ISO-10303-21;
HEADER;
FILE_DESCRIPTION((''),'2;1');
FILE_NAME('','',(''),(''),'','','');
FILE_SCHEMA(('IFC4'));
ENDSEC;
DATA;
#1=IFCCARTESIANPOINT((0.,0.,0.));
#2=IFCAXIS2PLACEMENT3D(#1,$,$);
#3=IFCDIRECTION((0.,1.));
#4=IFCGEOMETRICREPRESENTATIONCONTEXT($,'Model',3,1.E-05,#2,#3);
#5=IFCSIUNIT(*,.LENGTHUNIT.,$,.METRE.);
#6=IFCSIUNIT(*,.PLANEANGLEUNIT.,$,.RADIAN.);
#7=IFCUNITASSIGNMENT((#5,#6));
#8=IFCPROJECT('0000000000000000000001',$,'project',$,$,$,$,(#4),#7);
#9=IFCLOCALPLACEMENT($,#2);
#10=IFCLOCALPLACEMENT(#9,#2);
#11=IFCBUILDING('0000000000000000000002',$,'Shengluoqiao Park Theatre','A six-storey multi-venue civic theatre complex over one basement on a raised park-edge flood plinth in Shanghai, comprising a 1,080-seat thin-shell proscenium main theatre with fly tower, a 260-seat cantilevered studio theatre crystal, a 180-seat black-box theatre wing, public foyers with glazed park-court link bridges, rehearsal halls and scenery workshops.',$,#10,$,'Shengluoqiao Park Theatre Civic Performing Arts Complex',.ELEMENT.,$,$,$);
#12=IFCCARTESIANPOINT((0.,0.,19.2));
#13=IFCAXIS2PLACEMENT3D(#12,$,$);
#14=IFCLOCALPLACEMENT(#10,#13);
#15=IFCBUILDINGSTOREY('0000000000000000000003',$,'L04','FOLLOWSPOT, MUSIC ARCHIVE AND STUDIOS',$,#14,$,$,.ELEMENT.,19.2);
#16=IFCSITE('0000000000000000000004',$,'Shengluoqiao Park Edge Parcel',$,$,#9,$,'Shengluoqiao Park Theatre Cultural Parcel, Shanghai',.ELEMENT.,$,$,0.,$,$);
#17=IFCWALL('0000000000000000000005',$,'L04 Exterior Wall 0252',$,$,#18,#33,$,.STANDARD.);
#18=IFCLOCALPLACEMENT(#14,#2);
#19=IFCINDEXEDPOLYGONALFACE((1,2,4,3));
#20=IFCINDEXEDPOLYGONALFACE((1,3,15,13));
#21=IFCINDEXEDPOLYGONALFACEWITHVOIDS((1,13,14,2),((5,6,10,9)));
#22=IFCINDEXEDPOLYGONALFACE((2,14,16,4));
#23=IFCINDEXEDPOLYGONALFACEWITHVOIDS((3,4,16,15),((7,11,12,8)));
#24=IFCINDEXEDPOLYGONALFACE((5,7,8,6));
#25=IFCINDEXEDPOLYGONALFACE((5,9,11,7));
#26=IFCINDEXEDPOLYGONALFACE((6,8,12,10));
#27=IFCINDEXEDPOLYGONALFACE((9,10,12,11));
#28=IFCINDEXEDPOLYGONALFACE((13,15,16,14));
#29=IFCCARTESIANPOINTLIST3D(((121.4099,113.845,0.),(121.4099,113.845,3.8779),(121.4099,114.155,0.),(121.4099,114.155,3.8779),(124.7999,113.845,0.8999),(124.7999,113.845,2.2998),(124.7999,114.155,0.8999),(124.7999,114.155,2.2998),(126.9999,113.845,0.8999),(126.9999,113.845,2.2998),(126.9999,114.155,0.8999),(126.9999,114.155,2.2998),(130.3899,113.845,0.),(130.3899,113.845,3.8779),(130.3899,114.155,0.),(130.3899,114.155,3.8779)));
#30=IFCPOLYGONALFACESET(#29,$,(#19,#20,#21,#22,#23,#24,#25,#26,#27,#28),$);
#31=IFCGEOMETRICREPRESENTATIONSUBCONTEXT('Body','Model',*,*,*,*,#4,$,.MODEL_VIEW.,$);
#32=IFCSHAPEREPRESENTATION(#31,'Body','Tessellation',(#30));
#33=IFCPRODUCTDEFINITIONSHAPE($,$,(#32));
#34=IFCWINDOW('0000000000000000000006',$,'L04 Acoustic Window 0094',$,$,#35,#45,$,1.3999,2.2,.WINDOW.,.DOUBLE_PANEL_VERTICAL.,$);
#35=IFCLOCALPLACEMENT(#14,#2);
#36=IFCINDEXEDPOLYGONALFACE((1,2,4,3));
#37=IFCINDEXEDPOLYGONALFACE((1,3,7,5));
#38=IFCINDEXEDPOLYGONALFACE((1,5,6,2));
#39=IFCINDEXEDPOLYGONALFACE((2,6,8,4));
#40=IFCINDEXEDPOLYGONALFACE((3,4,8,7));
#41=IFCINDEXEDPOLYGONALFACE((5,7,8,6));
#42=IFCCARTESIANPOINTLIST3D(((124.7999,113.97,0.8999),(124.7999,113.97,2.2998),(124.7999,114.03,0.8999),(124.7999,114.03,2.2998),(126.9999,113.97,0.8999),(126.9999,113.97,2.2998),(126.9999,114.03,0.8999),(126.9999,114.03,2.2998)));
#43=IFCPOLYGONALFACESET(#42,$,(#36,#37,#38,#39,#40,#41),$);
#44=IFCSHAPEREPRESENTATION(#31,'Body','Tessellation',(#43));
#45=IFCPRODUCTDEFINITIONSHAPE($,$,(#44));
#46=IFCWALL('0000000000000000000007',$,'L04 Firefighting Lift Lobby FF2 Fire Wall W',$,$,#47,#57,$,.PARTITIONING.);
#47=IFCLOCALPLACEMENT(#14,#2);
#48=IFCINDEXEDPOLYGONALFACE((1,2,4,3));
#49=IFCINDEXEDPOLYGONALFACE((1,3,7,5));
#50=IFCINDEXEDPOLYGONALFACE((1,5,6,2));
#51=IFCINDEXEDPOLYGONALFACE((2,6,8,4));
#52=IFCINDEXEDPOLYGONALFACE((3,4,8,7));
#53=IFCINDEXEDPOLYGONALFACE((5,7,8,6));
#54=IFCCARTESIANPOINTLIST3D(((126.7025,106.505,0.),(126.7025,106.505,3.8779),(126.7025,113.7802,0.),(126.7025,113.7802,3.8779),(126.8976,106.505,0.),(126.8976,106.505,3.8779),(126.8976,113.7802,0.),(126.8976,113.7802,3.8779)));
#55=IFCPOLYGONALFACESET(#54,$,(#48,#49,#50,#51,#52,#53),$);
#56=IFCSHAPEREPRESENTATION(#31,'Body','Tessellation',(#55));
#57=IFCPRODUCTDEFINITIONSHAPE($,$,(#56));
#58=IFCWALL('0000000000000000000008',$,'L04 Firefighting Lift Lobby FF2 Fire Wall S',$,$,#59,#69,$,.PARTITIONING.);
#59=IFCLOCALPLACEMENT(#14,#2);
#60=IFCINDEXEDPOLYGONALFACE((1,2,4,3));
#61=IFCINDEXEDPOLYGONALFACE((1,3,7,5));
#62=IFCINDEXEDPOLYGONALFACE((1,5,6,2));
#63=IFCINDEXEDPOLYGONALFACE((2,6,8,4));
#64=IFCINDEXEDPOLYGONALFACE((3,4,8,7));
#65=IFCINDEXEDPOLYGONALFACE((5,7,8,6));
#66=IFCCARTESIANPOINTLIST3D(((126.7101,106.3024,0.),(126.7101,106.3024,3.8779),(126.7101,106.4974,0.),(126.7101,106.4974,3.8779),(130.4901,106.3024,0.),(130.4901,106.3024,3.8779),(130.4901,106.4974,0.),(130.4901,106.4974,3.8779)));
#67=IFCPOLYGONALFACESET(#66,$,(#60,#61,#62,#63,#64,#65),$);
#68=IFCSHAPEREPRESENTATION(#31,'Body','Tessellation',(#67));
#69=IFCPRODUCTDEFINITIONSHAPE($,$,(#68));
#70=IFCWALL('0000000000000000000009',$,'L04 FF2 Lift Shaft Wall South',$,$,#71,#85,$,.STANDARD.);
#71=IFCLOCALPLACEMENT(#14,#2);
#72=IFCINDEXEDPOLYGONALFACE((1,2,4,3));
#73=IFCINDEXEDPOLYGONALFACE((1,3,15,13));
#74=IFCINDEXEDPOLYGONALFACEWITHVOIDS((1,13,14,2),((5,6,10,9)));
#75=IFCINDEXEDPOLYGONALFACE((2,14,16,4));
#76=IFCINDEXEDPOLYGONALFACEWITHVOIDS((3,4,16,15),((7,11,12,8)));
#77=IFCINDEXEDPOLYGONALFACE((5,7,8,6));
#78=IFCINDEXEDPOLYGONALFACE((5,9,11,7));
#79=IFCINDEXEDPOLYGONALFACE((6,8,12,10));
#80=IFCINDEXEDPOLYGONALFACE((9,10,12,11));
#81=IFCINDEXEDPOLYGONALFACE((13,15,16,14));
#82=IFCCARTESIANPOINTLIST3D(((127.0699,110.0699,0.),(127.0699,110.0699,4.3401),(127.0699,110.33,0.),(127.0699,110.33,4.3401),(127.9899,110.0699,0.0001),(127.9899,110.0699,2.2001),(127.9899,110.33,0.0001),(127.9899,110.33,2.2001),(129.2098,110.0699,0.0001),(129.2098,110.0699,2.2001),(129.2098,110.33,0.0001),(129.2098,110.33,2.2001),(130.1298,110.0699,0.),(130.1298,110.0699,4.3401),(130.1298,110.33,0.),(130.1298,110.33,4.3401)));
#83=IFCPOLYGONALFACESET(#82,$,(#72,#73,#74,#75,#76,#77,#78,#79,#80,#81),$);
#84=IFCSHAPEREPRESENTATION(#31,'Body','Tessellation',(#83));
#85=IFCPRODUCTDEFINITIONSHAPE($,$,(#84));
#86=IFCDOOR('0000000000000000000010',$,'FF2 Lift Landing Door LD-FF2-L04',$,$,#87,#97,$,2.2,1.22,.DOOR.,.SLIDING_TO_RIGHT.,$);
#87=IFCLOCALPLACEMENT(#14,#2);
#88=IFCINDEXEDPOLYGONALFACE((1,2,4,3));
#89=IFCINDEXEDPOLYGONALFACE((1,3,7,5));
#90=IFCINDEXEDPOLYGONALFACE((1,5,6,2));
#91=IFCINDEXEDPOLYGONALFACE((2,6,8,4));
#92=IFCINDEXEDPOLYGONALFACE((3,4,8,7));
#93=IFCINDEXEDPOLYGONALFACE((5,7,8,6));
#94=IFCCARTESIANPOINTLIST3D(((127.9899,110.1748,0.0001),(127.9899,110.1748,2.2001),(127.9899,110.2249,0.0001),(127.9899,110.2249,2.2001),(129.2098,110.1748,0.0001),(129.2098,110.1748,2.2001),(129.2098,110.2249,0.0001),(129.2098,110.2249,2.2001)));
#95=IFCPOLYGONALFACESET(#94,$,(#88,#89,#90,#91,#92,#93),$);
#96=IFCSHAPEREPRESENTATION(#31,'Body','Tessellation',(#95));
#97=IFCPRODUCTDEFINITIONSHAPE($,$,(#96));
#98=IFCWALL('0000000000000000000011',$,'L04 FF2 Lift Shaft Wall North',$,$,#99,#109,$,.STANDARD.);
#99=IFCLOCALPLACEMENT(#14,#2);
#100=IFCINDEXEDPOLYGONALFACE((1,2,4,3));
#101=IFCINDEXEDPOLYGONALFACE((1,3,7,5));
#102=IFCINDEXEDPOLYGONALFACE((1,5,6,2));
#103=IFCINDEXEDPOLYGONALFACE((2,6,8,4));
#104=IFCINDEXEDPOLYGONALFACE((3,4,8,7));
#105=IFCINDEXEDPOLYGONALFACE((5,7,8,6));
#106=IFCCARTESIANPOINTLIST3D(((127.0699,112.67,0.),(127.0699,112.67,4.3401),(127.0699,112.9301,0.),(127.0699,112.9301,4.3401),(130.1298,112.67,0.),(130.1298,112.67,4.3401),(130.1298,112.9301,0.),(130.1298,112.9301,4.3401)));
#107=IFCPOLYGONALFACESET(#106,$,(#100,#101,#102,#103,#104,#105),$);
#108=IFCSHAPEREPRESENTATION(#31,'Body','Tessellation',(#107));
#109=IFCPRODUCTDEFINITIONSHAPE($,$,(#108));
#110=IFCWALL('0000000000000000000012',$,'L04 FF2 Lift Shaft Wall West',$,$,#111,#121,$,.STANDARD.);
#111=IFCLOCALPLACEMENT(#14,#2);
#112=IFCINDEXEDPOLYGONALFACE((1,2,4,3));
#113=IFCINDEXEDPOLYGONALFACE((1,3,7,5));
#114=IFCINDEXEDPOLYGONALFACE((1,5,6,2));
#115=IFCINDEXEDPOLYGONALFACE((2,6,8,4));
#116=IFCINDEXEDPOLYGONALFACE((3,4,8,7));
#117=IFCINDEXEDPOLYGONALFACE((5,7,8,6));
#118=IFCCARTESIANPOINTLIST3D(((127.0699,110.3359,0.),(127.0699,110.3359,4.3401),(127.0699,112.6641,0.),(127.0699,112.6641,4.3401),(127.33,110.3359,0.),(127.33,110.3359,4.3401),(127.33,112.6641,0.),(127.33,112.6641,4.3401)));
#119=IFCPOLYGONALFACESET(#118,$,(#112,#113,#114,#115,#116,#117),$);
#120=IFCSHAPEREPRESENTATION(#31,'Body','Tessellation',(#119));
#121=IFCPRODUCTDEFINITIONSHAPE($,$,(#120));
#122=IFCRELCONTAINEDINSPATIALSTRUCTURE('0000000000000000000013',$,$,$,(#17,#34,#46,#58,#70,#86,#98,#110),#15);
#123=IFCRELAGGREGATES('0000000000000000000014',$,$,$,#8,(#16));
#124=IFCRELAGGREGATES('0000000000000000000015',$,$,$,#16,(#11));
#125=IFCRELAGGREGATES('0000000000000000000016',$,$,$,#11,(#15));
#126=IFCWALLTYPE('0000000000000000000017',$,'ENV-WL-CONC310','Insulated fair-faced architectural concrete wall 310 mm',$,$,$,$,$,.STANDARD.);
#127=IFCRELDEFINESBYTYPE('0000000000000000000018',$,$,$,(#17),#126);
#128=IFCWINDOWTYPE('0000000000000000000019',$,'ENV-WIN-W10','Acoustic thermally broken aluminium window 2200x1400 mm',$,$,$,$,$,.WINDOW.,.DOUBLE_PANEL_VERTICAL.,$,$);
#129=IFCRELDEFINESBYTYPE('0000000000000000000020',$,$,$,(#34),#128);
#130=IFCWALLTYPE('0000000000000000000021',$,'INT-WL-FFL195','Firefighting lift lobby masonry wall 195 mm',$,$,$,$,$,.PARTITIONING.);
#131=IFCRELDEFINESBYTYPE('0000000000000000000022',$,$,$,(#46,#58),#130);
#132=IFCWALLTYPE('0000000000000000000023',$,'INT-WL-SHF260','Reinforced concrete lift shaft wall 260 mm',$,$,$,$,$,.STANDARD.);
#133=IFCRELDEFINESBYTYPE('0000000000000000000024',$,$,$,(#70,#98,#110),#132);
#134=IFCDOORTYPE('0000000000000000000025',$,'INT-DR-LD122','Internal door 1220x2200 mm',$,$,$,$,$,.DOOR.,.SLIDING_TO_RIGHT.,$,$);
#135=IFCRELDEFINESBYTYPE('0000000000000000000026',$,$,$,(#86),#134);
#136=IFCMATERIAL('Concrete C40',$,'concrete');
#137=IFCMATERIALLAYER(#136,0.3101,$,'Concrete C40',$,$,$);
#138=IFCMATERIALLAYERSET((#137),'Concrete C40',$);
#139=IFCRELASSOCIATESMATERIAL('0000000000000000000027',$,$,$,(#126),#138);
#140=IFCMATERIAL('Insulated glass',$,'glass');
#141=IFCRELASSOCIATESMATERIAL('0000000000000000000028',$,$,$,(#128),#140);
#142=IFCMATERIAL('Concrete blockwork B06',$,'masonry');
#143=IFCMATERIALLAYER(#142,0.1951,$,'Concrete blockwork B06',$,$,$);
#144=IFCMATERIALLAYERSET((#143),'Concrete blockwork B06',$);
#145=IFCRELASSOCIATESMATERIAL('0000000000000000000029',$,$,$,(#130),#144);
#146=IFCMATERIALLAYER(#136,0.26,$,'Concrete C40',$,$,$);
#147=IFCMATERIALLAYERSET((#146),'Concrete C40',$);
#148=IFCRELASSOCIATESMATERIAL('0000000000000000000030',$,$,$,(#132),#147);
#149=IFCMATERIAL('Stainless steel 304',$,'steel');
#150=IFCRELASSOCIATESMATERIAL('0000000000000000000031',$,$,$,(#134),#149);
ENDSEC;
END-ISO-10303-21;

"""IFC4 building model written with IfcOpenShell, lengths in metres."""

from ifc_helpers import new_model, si_unit, direction, frame, frame_2d, origin, place, context, subcontext, project, spatial, rectangle, extrude, material, layer, layer_set, type_object, element, fill, save


model = new_model("IFC4")

# Units and contexts
model_context = context("Model", 3, precision=1e-05, world=origin(), true_north=direction((0.0, 1.0)))
body_context = subcontext(model_context, "Body", "Model", "MODEL_VIEW")
ifc_project = project(units=[si_unit("LENGTHUNIT", "METRE"), si_unit("PLANEANGLEUNIT", "RADIAN")], contexts=[model_context])

# Site, building, storey
site_placement = place(None, origin())
site = spatial("IfcSite", under=ifc_project, at=site_placement, Name="Shengluoqiao Park Edge Parcel", LongName="Shengluoqiao Park Theatre Cultural Parcel, Shanghai", CompositionType="ELEMENT", RefElevation=0.0)
building_placement = place(site_placement, origin())
building = spatial("IfcBuilding", under=site, at=building_placement, Name="Shengluoqiao Park Theatre", Description="A six-storey multi-venue civic theatre complex over one basement on a raised park-edge flood plinth in Shanghai, comprising a 1,080-seat thin-shell proscenium main theatre with fly tower, a 260-seat cantilevered studio theatre crystal, a 180-seat black-box theatre wing, public foyers with glazed park-court link bridges, rehearsal halls and scenery workshops.", LongName="Shengluoqiao Park Theatre Civic Performing Arts Complex", CompositionType="ELEMENT")
storey_placement = place(building_placement, frame((0.0, 0.0, 19.2)))
storey = spatial("IfcBuildingStorey", under=building, at=storey_placement, Name="L04", Description="FOLLOWSPOT, MUSIC ARCHIVE AND STUDIOS", CompositionType="ELEMENT", Elevation=19.2)

# Wall, opening, window
ifc_material_1 = material(Name="Concrete C40", Category="concrete")
ifc_layer_1 = layer(ifc_material_1, 0.3101, Name="Concrete C40")
ifc_layer_set_1 = layer_set([ifc_layer_1], Name="Concrete C40")
wall_type_1 = type_object("IfcWallType", Name="ENV-WL-CONC310", Description="Insulated fair-faced architectural concrete wall 310 mm", PredefinedType="STANDARD", material=ifc_layer_set_1)
ifc_material_2 = material(Name="Insulated glass", Category="glass")
window_type = type_object("IfcWindowType", Name="ENV-WIN-W10", Description="Acoustic thermally broken aluminium window 2200x1400 mm", PartitioningType="DOUBLE_PANEL_VERTICAL", PredefinedType="WINDOW", material=ifc_material_2)
wall_1_placement = place(storey_placement, frame((121.4099, 114.0, 0.0), z_axis=(0.0, 0.0, 1.0), x_axis=(1.0, 0.0, 0.0)))
wall_1 = element("IfcWall", 1, at=wall_1_placement, inside=storey, type_object=wall_type_1, Name="L04 Exterior Wall 0252", PredefinedType="STANDARD", context=body_context, shape_type="SweptSolid", body=[
    extrude(rectangle(XDim=8.98, YDim=0.3101, at=frame_2d((4.49, 0.0))), origin(), (0.0, 0.0, 1.0), 3.8779),
])
opening_1_placement = place(wall_1_placement, frame((3.3899, 0.0, 0.8999)))
opening_1 = element("IfcOpeningElement", 2, at=opening_1_placement, cuts=wall_1, PredefinedType="OPENING", context=body_context, shape_type="SweptSolid", body=[
    extrude(rectangle(XDim=2.2, YDim=1.3999, at=frame_2d((1.1001, 0.7))), frame((0.0, 0.165, 0.0), z_axis=(0.0, -1.0, 0.0), x_axis=(1.0, 0.0, 0.0)), (0.0, 0.0, 1.0), 0.3301),
])
window_1_placement = place(opening_1_placement, origin())
window_1 = element("IfcWindow", 3, at=window_1_placement, inside=storey, type_object=window_type, Name="L04 Acoustic Window 0094", OverallHeight=1.3999, OverallWidth=2.2, PartitioningType="DOUBLE_PANEL_VERTICAL", PredefinedType="WINDOW", context=body_context, shape_type="SweptSolid", body=[
    extrude(rectangle(XDim=2.2, YDim=1.3999, at=frame_2d((1.1001, 0.7))), frame((0.0, 0.03, 0.0), z_axis=(0.0, -1.0, 0.0), x_axis=(1.0, 0.0, 0.0)), (0.0, 0.0, 1.0), 0.0601),
])
fill(opening_1, window_1)

# Walls
ifc_material_3 = material(Name="Concrete blockwork B06", Category="masonry")
ifc_layer_2 = layer(ifc_material_3, 0.1951, Name="Concrete blockwork B06")
ifc_layer_set_2 = layer_set([ifc_layer_2], Name="Concrete blockwork B06")
wall_type_2 = type_object("IfcWallType", Name="INT-WL-FFL195", Description="Firefighting lift lobby masonry wall 195 mm", PredefinedType="PARTITIONING", material=ifc_layer_set_2)
wall_2_placement = place(storey_placement, frame((126.8, 106.5049, 0.0), z_axis=(0.0, 0.0, 1.0), x_axis=(0.0, 1.0, 0.0)))
element("IfcWall", 4, at=wall_2_placement, inside=storey, type_object=wall_type_2, Name="L04 Firefighting Lift Lobby FF2 Fire Wall W", PredefinedType="PARTITIONING", context=body_context, shape_type="SweptSolid", body=[
    extrude(rectangle(XDim=7.2751, YDim=0.1951, at=frame_2d((3.6377, 0.0))), origin(), (0.0, 0.0, 1.0), 3.8779),
])
wall_3_placement = place(storey_placement, frame((126.71, 106.3999, 0.0), z_axis=(0.0, 0.0, 1.0), x_axis=(1.0, 0.0, 0.0)))
element("IfcWall", 5, at=wall_3_placement, inside=storey, type_object=wall_type_2, Name="L04 Firefighting Lift Lobby FF2 Fire Wall S", PredefinedType="PARTITIONING", context=body_context, shape_type="SweptSolid", body=[
    extrude(rectangle(XDim=3.78, YDim=0.1951, at=frame_2d((1.8901, 0.0))), origin(), (0.0, 0.0, 1.0), 3.8779),
])

# Wall, opening, door
ifc_layer_3 = layer(ifc_material_1, 0.26, Name="Concrete C40")
ifc_layer_set_3 = layer_set([ifc_layer_3], Name="Concrete C40")
wall_type_3 = type_object("IfcWallType", Name="INT-WL-SHF260", Description="Reinforced concrete lift shaft wall 260 mm", PredefinedType="STANDARD", material=ifc_layer_set_3)
wall_4_placement = place(storey_placement, frame((127.0701, 110.2, 0.0), z_axis=(0.0, 0.0, 1.0), x_axis=(1.0, 0.0, 0.0)))
wall_4 = element("IfcWall", 6, at=wall_4_placement, inside=storey, type_object=wall_type_3, Name="L04 FF2 Lift Shaft Wall South", PredefinedType="STANDARD", context=body_context, shape_type="SweptSolid", body=[
    extrude(rectangle(XDim=3.0598, YDim=0.26, at=frame_2d((1.5298, 0.0))), origin(), (0.0, 0.0, 1.0), 4.3401),
])
opening_2_placement = place(wall_4_placement, frame((0.9199, 0.0, 0.0)))
opening_2 = element("IfcOpeningElement", 7, at=opening_2_placement, cuts=wall_4, PredefinedType="OPENING", context=body_context, shape_type="SweptSolid", body=[
    extrude(rectangle(XDim=1.22, YDim=2.2, at=frame_2d((0.6099, 1.1001))), frame((0.0, 0.1399, 0.0), z_axis=(0.0, -1.0, 0.0), x_axis=(1.0, 0.0, 0.0)), (0.0, 0.0, 1.0), 0.28),
])
ifc_material_4 = material(Name="Stainless steel 304", Category="steel")
door_type = type_object("IfcDoorType", Name="INT-DR-LD122", Description="Internal door 1220x2200 mm", OperationType="SLIDING_TO_RIGHT", PredefinedType="DOOR", material=ifc_material_4)
door_placement = place(opening_2_placement, origin())
door = element("IfcDoor", 8, at=door_placement, inside=storey, type_object=door_type, Name="FF2 Lift Landing Door LD-FF2-L04", OperationType="SLIDING_TO_RIGHT", OverallHeight=2.2, OverallWidth=1.22, PredefinedType="DOOR", context=body_context, shape_type="SweptSolid", body=[
    extrude(rectangle(XDim=1.22, YDim=2.2, at=frame_2d((0.6099, 1.1001))), frame((0.0, 0.0249, 0.0), z_axis=(0.0, -1.0, 0.0), x_axis=(1.0, 0.0, 0.0)), (0.0, 0.0, 1.0), 0.05),
])
fill(opening_2, door)

# Walls
wall_5_placement = place(storey_placement, frame((127.0701, 112.8, 0.0), z_axis=(0.0, 0.0, 1.0), x_axis=(1.0, 0.0, 0.0)))
element("IfcWall", 9, at=wall_5_placement, inside=storey, type_object=wall_type_3, Name="L04 FF2 Lift Shaft Wall North", PredefinedType="STANDARD", context=body_context, shape_type="SweptSolid", body=[
    extrude(rectangle(XDim=3.0598, YDim=0.26, at=frame_2d((1.5298, 0.0))), origin(), (0.0, 0.0, 1.0), 4.3401),
])
wall_6_placement = place(storey_placement, frame((127.2, 110.3359, 0.0), z_axis=(0.0, 0.0, 1.0), x_axis=(0.0, 1.0, 0.0)))
element("IfcWall", 10, at=wall_6_placement, inside=storey, type_object=wall_type_3, Name="L04 FF2 Lift Shaft Wall West", PredefinedType="STANDARD", context=body_context, shape_type="SweptSolid", body=[
    extrude(rectangle(XDim=2.3281, YDim=0.26, at=frame_2d((1.1641, 0.0))), origin(), (0.0, 0.0, 1.0), 4.3401),
])

save(model, "model.ifc")
